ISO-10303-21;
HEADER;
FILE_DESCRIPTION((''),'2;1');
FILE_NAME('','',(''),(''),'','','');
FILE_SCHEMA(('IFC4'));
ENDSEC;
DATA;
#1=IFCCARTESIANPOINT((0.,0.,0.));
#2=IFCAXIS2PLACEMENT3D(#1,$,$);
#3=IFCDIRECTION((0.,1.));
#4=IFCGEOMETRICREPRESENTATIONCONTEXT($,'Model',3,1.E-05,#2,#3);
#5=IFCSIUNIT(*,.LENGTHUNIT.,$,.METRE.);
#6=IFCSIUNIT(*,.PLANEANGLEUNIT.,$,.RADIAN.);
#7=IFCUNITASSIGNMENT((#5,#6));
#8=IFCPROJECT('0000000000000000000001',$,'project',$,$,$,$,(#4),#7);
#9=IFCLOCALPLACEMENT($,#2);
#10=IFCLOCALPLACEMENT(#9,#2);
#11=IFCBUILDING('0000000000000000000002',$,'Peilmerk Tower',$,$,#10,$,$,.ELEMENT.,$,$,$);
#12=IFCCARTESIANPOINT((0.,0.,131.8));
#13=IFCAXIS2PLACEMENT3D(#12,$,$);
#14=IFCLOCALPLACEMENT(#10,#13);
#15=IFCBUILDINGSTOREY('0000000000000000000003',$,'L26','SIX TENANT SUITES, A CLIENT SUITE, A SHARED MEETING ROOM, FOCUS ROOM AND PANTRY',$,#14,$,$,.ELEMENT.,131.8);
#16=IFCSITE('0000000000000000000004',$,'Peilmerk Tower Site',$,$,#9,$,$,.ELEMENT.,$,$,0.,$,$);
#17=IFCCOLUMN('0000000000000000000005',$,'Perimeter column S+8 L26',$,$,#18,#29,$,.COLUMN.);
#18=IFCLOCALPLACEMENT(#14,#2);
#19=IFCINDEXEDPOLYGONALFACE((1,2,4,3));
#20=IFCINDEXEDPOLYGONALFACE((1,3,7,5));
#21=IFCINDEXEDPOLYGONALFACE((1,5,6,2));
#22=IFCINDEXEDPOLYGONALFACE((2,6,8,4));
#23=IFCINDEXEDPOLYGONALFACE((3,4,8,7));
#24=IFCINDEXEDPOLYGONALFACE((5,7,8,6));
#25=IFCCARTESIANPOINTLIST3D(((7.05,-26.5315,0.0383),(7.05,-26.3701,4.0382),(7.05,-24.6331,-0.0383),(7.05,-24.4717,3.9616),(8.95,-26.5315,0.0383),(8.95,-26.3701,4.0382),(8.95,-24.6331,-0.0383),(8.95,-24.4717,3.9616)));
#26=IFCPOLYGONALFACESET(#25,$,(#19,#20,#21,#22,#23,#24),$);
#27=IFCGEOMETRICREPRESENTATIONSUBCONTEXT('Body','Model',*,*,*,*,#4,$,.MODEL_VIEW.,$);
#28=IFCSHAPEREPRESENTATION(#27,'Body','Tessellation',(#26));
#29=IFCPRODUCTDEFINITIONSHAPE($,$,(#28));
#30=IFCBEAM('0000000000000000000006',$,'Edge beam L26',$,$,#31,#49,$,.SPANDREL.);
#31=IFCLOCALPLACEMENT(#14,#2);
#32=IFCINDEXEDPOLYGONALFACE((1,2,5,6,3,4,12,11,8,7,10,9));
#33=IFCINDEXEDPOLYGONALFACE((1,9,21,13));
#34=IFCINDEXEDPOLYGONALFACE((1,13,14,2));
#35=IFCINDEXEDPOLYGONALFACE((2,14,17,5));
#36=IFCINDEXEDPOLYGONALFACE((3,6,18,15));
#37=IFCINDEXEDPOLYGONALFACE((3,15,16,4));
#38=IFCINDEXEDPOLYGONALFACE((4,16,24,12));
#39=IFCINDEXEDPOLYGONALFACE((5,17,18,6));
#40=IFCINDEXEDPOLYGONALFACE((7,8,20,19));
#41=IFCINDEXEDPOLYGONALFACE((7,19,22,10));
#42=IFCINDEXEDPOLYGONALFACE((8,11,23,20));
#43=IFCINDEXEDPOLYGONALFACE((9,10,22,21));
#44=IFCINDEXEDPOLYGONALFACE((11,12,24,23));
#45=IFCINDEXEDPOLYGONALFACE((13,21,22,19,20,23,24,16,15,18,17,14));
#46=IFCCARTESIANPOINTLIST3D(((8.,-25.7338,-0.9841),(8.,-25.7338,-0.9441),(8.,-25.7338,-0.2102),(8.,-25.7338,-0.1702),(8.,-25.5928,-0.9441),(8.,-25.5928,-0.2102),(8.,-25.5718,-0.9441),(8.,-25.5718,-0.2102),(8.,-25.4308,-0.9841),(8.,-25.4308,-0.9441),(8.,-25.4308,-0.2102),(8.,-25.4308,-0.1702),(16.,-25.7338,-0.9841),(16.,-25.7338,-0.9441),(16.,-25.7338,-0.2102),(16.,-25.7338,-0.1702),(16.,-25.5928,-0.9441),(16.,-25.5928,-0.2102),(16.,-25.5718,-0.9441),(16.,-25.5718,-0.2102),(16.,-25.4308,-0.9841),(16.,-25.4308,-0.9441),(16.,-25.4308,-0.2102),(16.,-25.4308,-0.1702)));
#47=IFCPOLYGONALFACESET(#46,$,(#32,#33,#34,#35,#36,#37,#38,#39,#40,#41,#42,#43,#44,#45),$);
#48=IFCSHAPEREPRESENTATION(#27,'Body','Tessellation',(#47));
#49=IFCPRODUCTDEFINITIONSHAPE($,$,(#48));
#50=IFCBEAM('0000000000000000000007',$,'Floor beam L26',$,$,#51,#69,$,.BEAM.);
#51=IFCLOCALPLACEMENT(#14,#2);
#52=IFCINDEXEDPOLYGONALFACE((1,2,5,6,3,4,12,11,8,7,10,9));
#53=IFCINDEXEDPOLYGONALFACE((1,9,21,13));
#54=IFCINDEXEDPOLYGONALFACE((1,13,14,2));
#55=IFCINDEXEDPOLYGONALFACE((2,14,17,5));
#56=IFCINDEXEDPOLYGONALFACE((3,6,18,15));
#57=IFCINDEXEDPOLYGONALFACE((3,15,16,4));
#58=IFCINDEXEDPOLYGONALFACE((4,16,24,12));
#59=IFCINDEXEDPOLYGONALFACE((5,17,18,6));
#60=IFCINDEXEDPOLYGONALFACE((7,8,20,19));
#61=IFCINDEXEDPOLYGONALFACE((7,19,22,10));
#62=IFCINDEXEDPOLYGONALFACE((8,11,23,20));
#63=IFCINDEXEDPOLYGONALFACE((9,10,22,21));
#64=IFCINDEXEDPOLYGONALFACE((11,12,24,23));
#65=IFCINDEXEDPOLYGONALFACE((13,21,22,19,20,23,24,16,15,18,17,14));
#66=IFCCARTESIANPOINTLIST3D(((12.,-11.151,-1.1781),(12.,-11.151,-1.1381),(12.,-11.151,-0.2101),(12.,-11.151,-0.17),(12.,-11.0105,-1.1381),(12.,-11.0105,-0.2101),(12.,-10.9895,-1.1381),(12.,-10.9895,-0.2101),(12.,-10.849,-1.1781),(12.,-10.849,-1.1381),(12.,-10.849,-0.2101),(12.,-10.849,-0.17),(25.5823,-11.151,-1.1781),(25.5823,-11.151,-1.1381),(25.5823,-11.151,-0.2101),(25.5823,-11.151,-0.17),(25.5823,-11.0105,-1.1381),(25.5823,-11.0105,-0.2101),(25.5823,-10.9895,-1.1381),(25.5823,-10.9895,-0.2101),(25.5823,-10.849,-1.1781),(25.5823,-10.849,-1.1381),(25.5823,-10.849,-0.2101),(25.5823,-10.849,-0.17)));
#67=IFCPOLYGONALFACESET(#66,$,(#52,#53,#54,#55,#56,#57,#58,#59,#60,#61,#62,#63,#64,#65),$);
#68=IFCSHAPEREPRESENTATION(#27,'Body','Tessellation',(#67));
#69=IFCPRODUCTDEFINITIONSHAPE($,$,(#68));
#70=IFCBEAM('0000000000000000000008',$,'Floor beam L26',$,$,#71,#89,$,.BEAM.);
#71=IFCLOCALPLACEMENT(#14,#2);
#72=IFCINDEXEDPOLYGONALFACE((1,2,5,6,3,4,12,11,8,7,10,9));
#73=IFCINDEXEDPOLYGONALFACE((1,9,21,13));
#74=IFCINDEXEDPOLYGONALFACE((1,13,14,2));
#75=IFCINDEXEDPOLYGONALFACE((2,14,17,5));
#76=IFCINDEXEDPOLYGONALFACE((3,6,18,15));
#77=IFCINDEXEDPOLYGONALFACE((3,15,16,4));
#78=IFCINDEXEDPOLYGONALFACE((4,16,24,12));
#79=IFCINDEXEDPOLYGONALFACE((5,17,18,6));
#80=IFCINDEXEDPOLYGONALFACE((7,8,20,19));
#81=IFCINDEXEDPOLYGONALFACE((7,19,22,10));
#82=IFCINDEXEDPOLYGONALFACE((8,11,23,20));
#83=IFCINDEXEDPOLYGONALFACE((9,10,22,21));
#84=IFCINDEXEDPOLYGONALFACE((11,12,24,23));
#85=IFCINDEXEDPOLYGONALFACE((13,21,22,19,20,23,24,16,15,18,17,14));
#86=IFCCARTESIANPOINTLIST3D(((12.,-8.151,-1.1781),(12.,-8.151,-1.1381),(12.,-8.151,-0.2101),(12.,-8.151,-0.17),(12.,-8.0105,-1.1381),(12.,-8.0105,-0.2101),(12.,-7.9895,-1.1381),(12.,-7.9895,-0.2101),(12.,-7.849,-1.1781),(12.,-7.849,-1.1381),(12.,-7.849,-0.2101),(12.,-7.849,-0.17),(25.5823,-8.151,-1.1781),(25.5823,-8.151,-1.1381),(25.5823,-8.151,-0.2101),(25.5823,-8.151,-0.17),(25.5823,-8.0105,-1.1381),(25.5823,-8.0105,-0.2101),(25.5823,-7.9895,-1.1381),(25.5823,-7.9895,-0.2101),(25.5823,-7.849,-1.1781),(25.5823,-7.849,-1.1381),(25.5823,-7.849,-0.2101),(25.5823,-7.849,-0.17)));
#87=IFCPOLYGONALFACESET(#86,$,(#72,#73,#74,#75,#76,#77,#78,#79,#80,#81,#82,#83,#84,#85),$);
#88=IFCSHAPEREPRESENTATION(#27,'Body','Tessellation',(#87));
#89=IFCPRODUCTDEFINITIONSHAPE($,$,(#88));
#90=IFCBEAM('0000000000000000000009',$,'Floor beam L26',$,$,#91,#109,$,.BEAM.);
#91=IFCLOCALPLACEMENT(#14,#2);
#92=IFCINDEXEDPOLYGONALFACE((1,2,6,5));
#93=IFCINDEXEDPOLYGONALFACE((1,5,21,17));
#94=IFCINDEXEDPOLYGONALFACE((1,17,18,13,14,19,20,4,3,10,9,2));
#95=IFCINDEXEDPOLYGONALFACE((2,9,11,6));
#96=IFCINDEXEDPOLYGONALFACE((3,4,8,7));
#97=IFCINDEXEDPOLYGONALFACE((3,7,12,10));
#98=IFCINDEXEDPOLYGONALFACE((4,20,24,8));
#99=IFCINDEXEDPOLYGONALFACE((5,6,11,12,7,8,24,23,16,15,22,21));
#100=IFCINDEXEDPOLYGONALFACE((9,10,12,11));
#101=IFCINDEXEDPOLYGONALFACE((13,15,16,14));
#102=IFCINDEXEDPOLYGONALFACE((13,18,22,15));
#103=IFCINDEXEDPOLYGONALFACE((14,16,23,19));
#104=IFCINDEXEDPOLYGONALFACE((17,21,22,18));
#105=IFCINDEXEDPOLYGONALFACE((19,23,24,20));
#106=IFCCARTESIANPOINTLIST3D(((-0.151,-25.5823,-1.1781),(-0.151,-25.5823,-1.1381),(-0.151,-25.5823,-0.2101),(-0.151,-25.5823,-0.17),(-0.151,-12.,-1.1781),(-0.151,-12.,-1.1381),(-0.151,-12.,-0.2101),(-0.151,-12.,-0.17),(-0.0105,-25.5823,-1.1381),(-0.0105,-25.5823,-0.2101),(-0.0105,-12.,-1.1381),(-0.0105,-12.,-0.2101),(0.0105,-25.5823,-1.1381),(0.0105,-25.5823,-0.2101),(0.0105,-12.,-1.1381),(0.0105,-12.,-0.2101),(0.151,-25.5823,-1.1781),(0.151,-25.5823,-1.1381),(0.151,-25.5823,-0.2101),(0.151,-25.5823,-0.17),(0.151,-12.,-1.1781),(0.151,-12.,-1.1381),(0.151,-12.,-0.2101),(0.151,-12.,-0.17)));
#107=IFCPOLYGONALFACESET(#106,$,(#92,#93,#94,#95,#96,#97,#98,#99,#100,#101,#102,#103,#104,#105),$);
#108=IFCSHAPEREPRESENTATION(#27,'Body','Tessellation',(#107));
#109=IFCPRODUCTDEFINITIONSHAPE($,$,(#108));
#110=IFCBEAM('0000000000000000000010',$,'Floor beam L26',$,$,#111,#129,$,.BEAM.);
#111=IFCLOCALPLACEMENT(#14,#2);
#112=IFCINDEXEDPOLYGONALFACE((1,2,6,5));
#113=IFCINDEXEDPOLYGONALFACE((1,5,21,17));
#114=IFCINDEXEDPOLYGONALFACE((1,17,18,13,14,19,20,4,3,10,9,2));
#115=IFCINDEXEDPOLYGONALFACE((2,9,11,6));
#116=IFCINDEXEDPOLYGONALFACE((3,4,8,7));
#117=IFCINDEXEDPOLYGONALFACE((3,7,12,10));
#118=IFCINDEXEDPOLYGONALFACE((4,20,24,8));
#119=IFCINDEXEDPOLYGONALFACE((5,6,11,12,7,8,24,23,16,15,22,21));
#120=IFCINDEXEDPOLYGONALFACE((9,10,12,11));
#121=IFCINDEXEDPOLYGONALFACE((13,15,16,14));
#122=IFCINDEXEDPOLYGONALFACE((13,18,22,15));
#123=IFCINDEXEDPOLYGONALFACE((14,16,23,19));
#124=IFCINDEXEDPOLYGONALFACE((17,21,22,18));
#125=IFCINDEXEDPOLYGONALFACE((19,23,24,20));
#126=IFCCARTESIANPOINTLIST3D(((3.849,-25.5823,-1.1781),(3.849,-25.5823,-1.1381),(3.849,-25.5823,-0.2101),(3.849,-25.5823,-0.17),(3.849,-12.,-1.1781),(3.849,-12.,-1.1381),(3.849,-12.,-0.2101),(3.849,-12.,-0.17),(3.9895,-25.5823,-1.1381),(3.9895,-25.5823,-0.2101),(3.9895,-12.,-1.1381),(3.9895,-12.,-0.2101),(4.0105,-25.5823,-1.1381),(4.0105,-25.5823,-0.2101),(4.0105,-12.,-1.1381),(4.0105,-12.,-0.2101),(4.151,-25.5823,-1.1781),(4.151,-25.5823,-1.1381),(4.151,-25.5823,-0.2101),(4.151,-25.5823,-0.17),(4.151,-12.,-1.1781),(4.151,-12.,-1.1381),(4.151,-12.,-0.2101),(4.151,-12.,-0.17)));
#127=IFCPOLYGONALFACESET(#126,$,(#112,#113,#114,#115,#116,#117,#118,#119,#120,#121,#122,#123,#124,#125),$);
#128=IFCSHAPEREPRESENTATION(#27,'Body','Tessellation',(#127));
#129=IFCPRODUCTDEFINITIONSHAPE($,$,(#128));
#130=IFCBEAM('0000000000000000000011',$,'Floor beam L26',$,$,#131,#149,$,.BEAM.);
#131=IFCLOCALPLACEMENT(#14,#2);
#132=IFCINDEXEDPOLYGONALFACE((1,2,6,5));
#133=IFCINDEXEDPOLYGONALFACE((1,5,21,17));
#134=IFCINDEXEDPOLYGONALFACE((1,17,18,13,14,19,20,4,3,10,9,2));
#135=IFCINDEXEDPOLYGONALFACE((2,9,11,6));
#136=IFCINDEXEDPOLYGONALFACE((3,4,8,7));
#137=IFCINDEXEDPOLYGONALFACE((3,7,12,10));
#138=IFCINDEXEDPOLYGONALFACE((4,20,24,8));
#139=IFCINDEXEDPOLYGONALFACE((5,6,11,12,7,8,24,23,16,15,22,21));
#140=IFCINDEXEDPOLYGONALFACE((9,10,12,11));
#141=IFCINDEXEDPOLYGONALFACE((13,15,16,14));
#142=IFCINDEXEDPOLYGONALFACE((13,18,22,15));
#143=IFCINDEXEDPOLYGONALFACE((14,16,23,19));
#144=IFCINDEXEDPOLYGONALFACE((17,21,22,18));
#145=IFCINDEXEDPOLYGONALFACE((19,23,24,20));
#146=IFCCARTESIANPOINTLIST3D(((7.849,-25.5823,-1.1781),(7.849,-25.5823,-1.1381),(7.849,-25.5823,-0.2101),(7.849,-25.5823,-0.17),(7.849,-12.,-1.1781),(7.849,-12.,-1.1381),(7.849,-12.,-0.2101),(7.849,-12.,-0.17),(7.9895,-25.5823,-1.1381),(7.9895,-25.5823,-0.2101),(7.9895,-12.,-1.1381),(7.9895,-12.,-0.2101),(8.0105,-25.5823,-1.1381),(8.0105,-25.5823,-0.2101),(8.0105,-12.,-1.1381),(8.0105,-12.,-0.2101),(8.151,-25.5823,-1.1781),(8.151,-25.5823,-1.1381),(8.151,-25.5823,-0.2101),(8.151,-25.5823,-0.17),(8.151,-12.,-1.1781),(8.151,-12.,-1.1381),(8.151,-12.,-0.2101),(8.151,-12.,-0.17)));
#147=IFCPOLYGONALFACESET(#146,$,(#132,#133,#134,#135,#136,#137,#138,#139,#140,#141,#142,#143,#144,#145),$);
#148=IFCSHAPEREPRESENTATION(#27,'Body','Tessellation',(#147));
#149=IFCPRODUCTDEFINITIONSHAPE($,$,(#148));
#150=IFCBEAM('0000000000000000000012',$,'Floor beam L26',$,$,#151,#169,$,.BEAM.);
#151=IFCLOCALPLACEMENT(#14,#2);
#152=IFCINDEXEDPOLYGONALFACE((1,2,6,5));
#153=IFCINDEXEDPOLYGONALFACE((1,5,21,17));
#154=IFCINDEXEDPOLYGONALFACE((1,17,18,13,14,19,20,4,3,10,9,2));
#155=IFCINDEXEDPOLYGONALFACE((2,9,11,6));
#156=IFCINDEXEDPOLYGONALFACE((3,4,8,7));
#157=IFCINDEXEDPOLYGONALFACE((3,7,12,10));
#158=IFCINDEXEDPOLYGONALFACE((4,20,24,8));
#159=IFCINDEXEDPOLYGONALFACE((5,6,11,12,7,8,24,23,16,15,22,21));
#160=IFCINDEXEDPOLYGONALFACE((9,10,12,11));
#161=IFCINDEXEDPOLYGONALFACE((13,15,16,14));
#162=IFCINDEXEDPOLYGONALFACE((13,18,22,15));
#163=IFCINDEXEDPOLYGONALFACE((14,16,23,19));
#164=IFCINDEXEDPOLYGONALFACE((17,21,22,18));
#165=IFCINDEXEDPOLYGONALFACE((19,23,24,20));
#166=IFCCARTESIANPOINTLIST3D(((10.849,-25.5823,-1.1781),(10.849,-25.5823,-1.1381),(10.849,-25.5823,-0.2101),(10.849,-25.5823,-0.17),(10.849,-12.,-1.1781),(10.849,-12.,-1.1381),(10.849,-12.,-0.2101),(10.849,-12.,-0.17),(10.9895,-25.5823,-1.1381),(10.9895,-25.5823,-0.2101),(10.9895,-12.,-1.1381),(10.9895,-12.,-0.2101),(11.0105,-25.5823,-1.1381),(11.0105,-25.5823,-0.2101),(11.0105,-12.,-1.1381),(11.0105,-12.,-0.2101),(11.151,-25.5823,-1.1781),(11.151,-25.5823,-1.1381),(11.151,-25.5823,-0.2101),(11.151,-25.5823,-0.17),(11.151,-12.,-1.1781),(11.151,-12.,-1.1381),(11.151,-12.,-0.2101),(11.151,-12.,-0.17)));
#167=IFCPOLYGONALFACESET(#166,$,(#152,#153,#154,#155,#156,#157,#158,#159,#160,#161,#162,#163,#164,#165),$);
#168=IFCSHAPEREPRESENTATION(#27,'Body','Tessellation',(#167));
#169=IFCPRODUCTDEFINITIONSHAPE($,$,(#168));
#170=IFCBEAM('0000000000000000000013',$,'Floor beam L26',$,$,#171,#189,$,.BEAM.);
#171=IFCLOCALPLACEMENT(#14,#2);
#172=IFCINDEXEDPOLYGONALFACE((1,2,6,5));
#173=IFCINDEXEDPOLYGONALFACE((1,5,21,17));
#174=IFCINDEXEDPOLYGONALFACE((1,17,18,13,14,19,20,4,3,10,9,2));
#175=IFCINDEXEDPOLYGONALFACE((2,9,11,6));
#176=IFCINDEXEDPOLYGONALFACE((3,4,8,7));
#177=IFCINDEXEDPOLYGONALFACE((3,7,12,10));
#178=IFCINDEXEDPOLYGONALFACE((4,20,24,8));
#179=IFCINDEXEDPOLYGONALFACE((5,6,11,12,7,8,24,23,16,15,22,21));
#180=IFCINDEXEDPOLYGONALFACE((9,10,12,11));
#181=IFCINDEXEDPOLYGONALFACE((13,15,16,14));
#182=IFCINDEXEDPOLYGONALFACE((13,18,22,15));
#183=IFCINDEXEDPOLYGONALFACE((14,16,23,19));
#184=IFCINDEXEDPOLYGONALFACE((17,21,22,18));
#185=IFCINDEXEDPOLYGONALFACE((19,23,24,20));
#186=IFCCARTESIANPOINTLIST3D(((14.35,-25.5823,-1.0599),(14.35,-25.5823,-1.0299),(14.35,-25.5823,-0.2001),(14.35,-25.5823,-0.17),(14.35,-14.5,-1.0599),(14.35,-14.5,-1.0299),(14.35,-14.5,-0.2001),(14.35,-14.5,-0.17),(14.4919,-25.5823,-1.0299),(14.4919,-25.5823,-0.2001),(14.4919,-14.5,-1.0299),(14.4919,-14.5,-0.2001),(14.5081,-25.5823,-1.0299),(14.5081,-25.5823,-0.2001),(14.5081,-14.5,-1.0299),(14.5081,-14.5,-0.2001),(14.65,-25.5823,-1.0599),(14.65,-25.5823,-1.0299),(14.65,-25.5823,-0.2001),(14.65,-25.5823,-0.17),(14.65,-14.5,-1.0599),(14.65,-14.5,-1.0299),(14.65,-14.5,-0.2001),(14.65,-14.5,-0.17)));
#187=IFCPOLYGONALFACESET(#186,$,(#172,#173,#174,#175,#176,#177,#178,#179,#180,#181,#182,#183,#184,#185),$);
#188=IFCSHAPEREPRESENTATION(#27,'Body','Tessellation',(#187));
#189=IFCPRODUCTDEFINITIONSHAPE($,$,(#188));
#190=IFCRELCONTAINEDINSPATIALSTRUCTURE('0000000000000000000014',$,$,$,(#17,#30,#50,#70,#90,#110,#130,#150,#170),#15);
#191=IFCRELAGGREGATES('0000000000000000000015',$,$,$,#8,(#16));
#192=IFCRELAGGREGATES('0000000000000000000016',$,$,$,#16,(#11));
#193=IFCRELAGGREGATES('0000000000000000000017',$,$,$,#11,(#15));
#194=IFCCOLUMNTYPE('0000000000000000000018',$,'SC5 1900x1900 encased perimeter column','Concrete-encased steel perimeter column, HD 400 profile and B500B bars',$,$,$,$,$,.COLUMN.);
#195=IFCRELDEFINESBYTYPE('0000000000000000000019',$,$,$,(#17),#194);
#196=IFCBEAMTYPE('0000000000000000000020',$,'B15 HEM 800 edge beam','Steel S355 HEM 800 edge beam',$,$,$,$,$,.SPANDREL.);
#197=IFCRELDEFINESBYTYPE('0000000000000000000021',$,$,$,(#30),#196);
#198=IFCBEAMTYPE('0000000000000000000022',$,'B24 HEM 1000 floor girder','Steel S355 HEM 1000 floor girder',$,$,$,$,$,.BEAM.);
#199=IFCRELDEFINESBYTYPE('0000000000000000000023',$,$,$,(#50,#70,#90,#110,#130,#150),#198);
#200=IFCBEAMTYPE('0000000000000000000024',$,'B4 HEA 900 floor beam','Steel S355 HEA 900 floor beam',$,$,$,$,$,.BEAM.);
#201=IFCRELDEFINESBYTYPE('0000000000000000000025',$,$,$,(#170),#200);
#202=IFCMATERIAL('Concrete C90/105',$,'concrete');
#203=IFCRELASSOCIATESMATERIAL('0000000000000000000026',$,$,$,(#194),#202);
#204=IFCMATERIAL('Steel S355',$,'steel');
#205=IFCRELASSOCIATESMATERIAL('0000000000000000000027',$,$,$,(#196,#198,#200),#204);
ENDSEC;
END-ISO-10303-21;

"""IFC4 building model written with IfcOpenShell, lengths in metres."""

from ifc_helpers import new_model, si_unit, direction, frame, origin, origin_2d, place, context, subcontext, project, spatial, rectangle, i_section, extrude, material, material_profile, profile_set, type_object, element, save


model = new_model("IFC4")

# Units and contexts
model_context = context("Model", 3, precision=1e-05, world=origin(), true_north=direction((0.0, 1.0)))
body_context = subcontext(model_context, "Body", "Model", "MODEL_VIEW")
ifc_project = project(units=[si_unit("LENGTHUNIT", "METRE"), si_unit("PLANEANGLEUNIT", "RADIAN")], contexts=[model_context])

# Site, building, storey
site_placement = place(None, origin())
site = spatial("IfcSite", under=ifc_project, at=site_placement, Name="Peilmerk Tower Site", CompositionType="ELEMENT", RefElevation=0.0)
building_placement = place(site_placement, origin())
building = spatial("IfcBuilding", under=site, at=building_placement, Name="Peilmerk Tower", CompositionType="ELEMENT")
storey_placement = place(building_placement, frame((0.0, 0.0, 131.8)))
storey = spatial("IfcBuildingStorey", under=building, at=storey_placement, Name="L26", Description="SIX TENANT SUITES, A CLIENT SUITE, A SHARED MEETING ROOM, FOCUS ROOM AND PANTRY", CompositionType="ELEMENT", Elevation=131.8)

# Column
ifc_material_1 = material(Name="Concrete C90/105", Category="concrete")
ifc_material_profile_1 = material_profile(ifc_material_1, rectangle(XDim=1.8999, YDim=1.8999, at=origin_2d()), Name="RC 1900x1900")
ifc_profile_set_1 = profile_set([ifc_material_profile_1], Name="Concrete C90/105")
column_type = type_object("IfcColumnType", Name="SC5 1900x1900 encased perimeter column", Description="Concrete-encased steel perimeter column, HD 400 profile and B500B bars", PredefinedType="COLUMN", material=ifc_profile_set_1)
column_placement = place(storey_placement, frame((8.0, -25.5823, 0.0), z_axis=(0.0, 0.040311, 0.999187), x_axis=(-1.0, 0.0, 0.0)))
element("IfcColumn", 1, at=column_placement, inside=storey, type_object=column_type, Name="Perimeter column S+8 L26", PredefinedType="COLUMN", context=body_context, shape_type="SweptSolid", body=[
    extrude(rectangle(XDim=1.8999, YDim=1.8999, at=origin_2d()), origin(), (0.0, 0.0, 1.0), 4.0032),
])

# Beams
ifc_material_2 = material(Name="Steel S355", Category="steel")
ifc_material_profile_2 = material_profile(ifc_material_2, i_section(OverallWidth=0.303, OverallDepth=0.814, WebThickness=0.021, FlangeThickness=0.04, at=origin_2d()), Name="HEM 800")
ifc_profile_set_2 = profile_set([ifc_material_profile_2], Name="Steel S355")
beam_type_1 = type_object("IfcBeamType", Name="B15 HEM 800 edge beam", Description="Steel S355 HEM 800 edge beam", PredefinedType="SPANDREL", material=ifc_profile_set_2)
beam_1_placement = place(storey_placement, frame((8.0, -25.5823, -0.5771), z_axis=(1.0, 0.0, 0.0), x_axis=(0.0, 1.0, 0.0)))
element("IfcBeam", 2, at=beam_1_placement, inside=storey, type_object=beam_type_1, Name="Edge beam L26", PredefinedType="SPANDREL", context=body_context, shape_type="SweptSolid", body=[
    extrude(i_section(OverallWidth=0.303, OverallDepth=0.814, WebThickness=0.021, FlangeThickness=0.04, at=origin_2d()), origin(), (0.0, 0.0, 1.0), 8.0),
])
ifc_material_profile_3 = material_profile(ifc_material_2, i_section(OverallWidth=0.302, OverallDepth=1.0081, WebThickness=0.021, FlangeThickness=0.04, at=origin_2d()), Name="HEM 1000")
ifc_profile_set_3 = profile_set([ifc_material_profile_3], Name="Steel S355")
beam_type_2 = type_object("IfcBeamType", Name="B24 HEM 1000 floor girder", Description="Steel S355 HEM 1000 floor girder", PredefinedType="BEAM", material=ifc_profile_set_3)
for number, where, z_axis, x_axis, name in (
    (3, (12.0, -11.0, -0.6741), (1.0, 0.0, 0.0), (0.0, 1.0, 0.0), "Floor beam L26"),
    (4, (12.0, -8.0, -0.6741), (1.0, 0.0, 0.0), (0.0, 1.0, 0.0), "Floor beam L26"),
    (5, (0.0, -12.0, -0.6741), (0.0, -1.0, 0.0), (1.0, 0.0, 0.0), "Floor beam L26"),
    (6, (4.0, -12.0, -0.6741), (0.0, -1.0, 0.0), (1.0, 0.0, 0.0), "Floor beam L26"),
    (7, (8.0, -12.0, -0.6741), (0.0, -1.0, 0.0), (1.0, 0.0, 0.0), "Floor beam L26"),
    (8, (11.0, -12.0, -0.6741), (0.0, -1.0, 0.0), (1.0, 0.0, 0.0), "Floor beam L26"),
):
    element("IfcBeam", number, at=place(storey_placement, frame(where, z_axis=z_axis, x_axis=x_axis)), inside=storey, type_object=beam_type_2, Name=name, PredefinedType="BEAM", context=body_context, shape_type="SweptSolid", body=[
        extrude(i_section(OverallWidth=0.302, OverallDepth=1.0081, WebThickness=0.021, FlangeThickness=0.04, at=origin_2d()), origin(), (0.0, 0.0, 1.0), 13.5823),
    ])
ifc_material_profile_4 = material_profile(ifc_material_2, i_section(OverallWidth=0.3, OverallDepth=0.8899, WebThickness=0.0161, FlangeThickness=0.03, at=origin_2d()), Name="HEA 900")
ifc_profile_set_4 = profile_set([ifc_material_profile_4], Name="Steel S355")
beam_type_3 = type_object("IfcBeamType", Name="B4 HEA 900 floor beam", Description="Steel S355 HEA 900 floor beam", PredefinedType="BEAM", material=ifc_profile_set_4)
beam_2_placement = place(storey_placement, frame((14.5, -14.5, -0.615), z_axis=(0.0, -1.0, 0.0), x_axis=(1.0, 0.0, 0.0)))
element("IfcBeam", 9, at=beam_2_placement, inside=storey, type_object=beam_type_3, Name="Floor beam L26", PredefinedType="BEAM", context=body_context, shape_type="SweptSolid", body=[
    extrude(i_section(OverallWidth=0.3, OverallDepth=0.8899, WebThickness=0.0161, FlangeThickness=0.03, at=origin_2d()), origin(), (0.0, 0.0, 1.0), 11.0823),
])

save(model, "model.ifc")
